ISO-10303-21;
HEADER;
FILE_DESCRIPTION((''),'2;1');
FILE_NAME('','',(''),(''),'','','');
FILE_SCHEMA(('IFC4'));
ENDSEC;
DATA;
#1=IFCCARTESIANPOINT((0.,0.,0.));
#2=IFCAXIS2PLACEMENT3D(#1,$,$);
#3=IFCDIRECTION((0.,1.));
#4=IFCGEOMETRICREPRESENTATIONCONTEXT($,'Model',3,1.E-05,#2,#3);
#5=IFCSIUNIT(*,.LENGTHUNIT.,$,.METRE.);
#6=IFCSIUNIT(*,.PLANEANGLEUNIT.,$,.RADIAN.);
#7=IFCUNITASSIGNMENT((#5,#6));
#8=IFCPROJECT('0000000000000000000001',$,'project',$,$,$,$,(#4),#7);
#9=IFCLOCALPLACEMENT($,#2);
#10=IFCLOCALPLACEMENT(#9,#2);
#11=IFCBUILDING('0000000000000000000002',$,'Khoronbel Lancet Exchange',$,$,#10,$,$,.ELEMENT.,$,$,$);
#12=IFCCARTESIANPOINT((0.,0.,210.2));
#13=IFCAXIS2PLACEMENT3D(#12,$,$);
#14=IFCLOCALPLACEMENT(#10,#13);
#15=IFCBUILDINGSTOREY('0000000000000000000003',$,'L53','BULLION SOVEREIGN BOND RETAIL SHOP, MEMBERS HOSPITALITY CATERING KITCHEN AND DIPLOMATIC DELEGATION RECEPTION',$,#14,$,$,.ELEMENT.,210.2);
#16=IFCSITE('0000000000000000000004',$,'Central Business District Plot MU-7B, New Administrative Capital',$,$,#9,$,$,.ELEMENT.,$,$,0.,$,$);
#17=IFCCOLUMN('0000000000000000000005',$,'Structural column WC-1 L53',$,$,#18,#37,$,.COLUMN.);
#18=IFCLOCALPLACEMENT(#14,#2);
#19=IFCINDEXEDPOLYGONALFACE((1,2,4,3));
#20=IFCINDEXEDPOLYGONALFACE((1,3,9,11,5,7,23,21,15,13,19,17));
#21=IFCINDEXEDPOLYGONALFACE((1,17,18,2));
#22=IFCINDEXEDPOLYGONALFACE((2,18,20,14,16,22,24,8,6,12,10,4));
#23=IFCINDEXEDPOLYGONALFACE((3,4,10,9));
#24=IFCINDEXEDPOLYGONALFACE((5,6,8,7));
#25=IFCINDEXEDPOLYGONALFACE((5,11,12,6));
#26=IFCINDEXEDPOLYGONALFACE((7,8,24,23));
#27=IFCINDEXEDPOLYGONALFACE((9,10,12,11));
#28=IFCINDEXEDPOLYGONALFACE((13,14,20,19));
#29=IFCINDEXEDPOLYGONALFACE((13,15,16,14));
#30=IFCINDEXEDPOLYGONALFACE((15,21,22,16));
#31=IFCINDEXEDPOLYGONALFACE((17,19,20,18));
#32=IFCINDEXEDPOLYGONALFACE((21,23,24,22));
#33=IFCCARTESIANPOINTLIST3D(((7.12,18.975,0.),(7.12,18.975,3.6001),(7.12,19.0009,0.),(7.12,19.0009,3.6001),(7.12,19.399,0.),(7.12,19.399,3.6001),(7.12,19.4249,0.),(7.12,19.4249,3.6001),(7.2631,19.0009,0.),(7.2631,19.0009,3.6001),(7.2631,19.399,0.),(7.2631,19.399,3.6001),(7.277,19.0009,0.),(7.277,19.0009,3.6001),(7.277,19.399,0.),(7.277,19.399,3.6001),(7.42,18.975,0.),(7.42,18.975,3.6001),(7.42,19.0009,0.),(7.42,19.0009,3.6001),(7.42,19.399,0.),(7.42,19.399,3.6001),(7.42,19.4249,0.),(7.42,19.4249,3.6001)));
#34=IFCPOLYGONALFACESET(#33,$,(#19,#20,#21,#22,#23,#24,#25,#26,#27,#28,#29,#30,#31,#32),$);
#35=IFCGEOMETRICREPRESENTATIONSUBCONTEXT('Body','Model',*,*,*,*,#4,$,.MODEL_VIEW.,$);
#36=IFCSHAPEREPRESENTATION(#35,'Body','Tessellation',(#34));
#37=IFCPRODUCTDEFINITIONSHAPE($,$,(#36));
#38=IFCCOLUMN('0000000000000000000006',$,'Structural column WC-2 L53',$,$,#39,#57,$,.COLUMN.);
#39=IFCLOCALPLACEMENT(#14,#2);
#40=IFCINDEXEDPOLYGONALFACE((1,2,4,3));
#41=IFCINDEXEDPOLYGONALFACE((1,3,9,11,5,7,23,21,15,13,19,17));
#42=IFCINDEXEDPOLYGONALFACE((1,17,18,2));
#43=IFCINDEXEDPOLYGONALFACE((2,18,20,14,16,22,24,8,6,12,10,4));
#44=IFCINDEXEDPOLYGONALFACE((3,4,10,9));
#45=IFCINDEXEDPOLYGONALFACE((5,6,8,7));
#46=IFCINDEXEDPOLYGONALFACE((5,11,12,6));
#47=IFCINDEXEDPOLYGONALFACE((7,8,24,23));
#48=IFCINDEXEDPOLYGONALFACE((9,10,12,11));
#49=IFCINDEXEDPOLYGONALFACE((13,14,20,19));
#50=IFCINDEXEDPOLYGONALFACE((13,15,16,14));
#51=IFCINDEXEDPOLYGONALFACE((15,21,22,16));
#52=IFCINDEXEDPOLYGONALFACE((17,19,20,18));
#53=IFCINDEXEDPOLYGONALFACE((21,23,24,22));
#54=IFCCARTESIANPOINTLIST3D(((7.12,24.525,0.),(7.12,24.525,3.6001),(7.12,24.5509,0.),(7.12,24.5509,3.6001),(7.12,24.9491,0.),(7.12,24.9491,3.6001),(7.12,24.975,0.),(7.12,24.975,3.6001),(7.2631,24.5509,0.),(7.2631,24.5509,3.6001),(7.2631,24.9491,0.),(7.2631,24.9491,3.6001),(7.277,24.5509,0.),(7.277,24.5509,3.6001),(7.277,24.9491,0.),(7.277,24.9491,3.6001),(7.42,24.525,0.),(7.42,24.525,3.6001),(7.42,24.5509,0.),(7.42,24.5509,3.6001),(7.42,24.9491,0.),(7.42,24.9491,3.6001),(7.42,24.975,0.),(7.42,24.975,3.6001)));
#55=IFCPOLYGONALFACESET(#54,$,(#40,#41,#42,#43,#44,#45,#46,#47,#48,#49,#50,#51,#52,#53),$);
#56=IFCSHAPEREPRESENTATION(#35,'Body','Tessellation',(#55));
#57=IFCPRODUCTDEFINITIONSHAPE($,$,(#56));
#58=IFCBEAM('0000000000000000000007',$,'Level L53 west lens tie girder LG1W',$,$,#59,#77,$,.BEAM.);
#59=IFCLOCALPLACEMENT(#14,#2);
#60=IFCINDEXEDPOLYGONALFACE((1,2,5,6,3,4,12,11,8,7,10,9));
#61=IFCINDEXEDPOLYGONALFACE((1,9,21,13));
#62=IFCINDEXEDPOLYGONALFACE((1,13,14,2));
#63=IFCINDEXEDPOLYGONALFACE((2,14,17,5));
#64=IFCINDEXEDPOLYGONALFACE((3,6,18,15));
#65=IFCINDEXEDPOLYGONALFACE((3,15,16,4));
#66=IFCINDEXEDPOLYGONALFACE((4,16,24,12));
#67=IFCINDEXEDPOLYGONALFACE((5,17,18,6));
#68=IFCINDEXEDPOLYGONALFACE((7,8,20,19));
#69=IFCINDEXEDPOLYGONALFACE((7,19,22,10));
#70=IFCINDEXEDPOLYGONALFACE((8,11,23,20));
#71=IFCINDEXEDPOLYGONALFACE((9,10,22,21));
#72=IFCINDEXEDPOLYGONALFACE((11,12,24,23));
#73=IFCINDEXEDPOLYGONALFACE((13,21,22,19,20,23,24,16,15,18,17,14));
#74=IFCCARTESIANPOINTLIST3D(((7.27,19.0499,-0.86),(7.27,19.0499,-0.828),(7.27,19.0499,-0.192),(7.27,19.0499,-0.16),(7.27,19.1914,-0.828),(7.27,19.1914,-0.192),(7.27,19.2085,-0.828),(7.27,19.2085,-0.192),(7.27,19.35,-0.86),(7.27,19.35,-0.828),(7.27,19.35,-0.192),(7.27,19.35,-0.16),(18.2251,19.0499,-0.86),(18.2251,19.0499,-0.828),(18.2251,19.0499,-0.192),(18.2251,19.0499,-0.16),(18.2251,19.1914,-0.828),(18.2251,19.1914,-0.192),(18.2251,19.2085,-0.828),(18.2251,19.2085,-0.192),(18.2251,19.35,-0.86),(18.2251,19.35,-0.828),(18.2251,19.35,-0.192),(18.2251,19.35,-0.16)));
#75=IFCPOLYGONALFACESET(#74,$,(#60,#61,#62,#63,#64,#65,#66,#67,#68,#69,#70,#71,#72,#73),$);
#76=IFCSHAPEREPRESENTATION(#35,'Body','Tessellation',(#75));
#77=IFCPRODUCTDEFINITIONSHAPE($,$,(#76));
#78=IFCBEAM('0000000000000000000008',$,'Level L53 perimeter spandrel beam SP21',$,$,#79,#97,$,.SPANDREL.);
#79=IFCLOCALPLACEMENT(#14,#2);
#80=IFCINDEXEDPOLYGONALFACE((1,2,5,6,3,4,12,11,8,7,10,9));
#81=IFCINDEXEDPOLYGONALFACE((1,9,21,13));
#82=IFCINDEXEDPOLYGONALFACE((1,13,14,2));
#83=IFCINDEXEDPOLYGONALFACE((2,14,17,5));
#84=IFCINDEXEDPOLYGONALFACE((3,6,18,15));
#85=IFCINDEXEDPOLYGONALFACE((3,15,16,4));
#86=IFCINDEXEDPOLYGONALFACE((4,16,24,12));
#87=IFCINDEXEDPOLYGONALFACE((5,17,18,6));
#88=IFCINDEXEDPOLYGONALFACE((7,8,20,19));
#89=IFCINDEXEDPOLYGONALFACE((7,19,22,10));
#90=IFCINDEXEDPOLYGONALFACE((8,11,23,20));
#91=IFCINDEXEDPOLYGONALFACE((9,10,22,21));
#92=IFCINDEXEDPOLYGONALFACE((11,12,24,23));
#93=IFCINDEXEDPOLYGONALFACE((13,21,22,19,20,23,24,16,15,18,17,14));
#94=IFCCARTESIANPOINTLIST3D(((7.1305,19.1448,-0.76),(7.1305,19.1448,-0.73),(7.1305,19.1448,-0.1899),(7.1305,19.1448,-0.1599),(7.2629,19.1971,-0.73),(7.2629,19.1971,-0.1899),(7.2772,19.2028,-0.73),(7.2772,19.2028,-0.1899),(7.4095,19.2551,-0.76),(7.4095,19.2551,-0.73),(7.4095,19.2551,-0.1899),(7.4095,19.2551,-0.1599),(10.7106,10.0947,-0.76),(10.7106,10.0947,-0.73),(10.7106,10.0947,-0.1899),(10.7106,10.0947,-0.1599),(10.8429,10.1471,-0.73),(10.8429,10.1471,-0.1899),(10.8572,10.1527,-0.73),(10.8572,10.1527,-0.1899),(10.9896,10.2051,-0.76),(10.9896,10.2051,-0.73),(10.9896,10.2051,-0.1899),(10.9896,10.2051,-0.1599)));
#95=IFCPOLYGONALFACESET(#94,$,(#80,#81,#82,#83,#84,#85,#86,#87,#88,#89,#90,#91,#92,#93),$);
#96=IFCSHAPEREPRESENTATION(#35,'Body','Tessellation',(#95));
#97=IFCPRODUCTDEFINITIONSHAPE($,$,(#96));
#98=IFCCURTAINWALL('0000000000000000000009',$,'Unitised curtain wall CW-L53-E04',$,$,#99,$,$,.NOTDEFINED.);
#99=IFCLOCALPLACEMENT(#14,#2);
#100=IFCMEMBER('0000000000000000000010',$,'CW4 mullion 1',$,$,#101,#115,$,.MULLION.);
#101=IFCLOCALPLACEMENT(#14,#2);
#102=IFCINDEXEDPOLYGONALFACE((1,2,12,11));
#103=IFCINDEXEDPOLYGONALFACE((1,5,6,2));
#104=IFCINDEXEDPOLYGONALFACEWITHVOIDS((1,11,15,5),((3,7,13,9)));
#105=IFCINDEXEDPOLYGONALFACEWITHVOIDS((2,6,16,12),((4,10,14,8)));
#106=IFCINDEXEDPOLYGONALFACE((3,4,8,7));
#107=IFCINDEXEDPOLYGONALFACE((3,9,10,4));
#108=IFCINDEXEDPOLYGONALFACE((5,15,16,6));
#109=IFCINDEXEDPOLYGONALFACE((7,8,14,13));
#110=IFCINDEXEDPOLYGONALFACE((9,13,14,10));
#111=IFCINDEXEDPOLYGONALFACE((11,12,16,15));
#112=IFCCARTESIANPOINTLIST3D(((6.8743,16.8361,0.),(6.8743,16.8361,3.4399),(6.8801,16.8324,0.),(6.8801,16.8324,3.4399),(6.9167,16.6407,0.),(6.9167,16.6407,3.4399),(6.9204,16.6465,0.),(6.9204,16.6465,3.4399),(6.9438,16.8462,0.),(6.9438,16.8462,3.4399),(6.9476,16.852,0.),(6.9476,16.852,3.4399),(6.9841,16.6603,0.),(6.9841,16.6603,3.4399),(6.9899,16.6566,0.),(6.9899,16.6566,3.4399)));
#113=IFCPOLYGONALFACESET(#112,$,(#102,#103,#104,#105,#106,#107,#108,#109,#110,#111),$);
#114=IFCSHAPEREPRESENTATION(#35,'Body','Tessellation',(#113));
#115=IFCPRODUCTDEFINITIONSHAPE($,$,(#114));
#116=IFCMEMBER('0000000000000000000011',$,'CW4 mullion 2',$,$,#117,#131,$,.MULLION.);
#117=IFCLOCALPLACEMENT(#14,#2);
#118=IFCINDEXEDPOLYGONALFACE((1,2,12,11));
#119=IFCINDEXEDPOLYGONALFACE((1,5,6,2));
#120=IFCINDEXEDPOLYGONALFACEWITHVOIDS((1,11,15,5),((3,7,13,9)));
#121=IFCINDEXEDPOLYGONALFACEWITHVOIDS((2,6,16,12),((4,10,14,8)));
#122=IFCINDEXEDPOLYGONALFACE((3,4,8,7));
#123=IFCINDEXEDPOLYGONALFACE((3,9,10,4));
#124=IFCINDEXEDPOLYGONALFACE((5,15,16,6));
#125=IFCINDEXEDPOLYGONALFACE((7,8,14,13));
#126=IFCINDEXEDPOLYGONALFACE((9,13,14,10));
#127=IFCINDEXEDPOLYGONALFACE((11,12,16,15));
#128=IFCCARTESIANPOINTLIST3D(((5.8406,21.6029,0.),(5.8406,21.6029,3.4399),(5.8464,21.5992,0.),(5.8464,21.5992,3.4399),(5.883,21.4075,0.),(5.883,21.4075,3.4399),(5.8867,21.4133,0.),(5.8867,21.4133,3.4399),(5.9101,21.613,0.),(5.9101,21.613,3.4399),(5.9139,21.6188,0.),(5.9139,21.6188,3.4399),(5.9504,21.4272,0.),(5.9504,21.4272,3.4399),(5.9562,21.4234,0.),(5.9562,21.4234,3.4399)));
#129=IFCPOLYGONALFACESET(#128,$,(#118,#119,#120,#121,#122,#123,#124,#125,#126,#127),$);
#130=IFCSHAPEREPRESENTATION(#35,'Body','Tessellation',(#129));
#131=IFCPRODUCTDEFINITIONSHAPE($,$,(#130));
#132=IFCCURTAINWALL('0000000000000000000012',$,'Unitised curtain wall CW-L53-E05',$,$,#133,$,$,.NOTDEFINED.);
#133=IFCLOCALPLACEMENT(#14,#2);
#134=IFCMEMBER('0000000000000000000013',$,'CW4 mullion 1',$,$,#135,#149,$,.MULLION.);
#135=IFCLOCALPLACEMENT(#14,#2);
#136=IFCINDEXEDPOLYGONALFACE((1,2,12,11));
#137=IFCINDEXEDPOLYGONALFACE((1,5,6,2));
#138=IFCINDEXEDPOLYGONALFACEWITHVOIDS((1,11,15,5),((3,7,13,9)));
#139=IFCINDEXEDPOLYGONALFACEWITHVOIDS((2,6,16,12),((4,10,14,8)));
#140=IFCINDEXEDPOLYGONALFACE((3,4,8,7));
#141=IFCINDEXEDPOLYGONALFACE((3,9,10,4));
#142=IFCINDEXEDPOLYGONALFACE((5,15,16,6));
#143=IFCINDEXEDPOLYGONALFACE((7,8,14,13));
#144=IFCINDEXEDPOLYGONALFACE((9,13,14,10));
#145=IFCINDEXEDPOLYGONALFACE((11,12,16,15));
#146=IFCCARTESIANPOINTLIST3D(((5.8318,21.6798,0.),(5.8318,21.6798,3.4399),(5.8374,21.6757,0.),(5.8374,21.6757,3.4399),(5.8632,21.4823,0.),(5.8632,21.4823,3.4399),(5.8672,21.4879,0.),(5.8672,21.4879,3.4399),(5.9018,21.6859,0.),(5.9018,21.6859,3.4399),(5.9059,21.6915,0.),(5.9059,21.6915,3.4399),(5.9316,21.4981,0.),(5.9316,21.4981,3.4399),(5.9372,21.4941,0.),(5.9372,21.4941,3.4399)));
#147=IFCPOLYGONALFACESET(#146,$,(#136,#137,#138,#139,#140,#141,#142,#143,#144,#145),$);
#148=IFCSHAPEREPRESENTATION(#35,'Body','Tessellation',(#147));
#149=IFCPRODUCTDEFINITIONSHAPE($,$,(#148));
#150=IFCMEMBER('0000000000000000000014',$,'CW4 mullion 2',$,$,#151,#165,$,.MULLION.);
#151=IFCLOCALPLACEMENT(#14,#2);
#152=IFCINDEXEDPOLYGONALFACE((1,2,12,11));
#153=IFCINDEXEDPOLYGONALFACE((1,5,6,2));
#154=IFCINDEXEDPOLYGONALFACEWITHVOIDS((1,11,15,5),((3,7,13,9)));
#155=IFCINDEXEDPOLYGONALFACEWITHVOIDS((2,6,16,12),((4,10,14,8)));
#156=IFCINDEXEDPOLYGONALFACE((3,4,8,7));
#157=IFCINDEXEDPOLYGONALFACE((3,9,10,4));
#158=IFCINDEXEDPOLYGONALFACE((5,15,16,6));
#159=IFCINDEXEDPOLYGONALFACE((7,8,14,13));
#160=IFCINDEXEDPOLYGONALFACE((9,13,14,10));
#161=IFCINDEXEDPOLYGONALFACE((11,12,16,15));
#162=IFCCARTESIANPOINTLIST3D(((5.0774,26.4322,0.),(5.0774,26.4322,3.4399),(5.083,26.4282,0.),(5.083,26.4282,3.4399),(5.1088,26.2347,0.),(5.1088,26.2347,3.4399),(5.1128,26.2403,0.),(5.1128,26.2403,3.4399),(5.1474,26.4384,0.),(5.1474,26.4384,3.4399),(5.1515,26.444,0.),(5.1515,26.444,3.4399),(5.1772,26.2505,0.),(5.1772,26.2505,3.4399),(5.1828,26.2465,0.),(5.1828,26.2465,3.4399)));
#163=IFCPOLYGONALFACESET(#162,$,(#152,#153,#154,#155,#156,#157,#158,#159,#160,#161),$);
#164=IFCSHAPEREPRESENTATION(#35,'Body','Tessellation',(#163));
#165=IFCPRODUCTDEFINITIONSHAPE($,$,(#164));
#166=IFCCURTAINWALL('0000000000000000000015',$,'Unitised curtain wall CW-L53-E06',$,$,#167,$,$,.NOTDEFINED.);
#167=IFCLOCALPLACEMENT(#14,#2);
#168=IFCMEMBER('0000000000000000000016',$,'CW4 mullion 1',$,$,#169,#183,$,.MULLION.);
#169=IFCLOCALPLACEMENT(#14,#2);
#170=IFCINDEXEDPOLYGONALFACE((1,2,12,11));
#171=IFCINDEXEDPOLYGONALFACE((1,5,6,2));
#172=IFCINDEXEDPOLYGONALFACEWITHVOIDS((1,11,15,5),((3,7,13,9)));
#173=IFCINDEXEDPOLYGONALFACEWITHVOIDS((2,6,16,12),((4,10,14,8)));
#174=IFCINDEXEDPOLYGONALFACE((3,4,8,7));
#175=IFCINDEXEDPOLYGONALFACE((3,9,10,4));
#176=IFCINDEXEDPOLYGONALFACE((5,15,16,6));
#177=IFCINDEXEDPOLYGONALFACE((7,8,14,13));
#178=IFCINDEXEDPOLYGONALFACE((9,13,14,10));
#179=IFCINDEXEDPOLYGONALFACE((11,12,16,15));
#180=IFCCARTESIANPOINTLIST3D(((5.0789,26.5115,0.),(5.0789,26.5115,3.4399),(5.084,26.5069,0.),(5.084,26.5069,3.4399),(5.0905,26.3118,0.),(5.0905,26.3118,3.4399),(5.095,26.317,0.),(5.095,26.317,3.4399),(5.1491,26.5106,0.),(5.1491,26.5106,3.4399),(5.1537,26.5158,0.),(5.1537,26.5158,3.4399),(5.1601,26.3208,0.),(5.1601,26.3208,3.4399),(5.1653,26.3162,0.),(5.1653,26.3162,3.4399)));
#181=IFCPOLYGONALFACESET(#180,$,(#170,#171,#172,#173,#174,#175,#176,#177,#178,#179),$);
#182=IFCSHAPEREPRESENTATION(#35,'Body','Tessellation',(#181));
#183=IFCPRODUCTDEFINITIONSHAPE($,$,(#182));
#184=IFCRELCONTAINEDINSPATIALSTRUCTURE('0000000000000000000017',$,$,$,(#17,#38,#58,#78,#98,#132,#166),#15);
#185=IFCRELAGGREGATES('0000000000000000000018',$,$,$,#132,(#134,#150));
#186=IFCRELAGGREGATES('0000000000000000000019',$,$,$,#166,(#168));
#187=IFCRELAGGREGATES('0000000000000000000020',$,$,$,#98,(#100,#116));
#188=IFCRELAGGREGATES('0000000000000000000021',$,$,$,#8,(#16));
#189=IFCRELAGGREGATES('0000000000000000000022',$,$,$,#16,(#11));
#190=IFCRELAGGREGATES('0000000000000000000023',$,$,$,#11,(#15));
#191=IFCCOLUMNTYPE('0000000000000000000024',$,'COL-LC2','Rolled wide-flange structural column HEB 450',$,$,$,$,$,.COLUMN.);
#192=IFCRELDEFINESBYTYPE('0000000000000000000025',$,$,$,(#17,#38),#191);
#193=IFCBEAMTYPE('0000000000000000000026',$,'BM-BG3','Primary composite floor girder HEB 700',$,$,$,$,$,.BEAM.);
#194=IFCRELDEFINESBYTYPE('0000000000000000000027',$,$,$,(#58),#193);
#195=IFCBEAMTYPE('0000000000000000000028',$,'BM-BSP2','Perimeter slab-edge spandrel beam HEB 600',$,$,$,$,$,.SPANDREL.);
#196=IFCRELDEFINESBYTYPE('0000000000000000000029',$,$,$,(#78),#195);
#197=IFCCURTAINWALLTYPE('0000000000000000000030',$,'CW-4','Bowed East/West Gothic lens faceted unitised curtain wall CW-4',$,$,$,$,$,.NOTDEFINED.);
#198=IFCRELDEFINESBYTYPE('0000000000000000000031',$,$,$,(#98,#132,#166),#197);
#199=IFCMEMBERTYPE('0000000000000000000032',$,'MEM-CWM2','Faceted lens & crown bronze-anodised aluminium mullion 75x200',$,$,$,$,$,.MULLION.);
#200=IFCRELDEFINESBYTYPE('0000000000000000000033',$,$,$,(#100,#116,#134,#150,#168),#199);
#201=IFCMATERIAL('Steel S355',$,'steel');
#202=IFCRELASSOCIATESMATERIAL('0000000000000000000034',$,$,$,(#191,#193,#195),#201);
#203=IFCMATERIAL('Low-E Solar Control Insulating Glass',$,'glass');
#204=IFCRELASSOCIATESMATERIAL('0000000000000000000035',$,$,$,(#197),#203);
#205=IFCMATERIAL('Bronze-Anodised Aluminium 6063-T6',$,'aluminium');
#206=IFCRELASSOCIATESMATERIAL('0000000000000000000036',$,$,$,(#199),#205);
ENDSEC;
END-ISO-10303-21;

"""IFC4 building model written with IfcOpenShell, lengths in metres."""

from ifc_helpers import new_model, si_unit, direction, frame, origin, origin_2d, place, context, subcontext, project, spatial, hollow_rectangle, i_section, extrude, material, material_profile, profile_set, type_object, element, aggregate, save


model = new_model("IFC4")

# Units and contexts
model_context = context("Model", 3, precision=1e-05, world=origin(), true_north=direction((0.0, 1.0)))
body_context = subcontext(model_context, "Body", "Model", "MODEL_VIEW")
ifc_project = project(units=[si_unit("LENGTHUNIT", "METRE"), si_unit("PLANEANGLEUNIT", "RADIAN")], contexts=[model_context])

# Site, building, storey
site_placement = place(None, origin())
site = spatial("IfcSite", under=ifc_project, at=site_placement, Name="Central Business District Plot MU-7B, New Administrative Capital", CompositionType="ELEMENT", RefElevation=0.0)
building_placement = place(site_placement, origin())
building = spatial("IfcBuilding", under=site, at=building_placement, Name="Khoronbel Lancet Exchange", CompositionType="ELEMENT")
storey_placement = place(building_placement, frame((0.0, 0.0, 210.2)))
storey = spatial("IfcBuildingStorey", under=building, at=storey_placement, Name="L53", Description="BULLION SOVEREIGN BOND RETAIL SHOP, MEMBERS HOSPITALITY CATERING KITCHEN AND DIPLOMATIC DELEGATION RECEPTION", CompositionType="ELEMENT", Elevation=210.2)

# Columns
ifc_material_1 = material(Name="Steel S355", Category="steel")
ifc_material_profile_1 = material_profile(ifc_material_1, i_section(OverallWidth=0.3, OverallDepth=0.45, WebThickness=0.0139, FlangeThickness=0.0259, at=origin_2d()), Name="HEB 450")
ifc_profile_set_1 = profile_set([ifc_material_profile_1], Name="Steel S355")
column_type = type_object("IfcColumnType", Name="COL-LC2", Description="Rolled wide-flange structural column HEB 450", PredefinedType="COLUMN", material=ifc_profile_set_1)
for number, where, z_axis, x_axis, name in (
    (1, (7.27, 19.2, 0.0), (0.0, 0.0, 1.0), (1.0, 0.0, 0.0), "Structural column WC-1 L53"),
    (2, (7.27, 24.75, 0.0), (0.0, 0.0, 1.0), (1.0, 0.0, 0.0), "Structural column WC-2 L53"),
):
    element("IfcColumn", number, at=place(storey_placement, frame(where, z_axis=z_axis, x_axis=x_axis)), inside=storey, type_object=column_type, Name=name, PredefinedType="COLUMN", context=body_context, shape_type="SweptSolid", body=[
        extrude(i_section(OverallWidth=0.3, OverallDepth=0.45, WebThickness=0.0139, FlangeThickness=0.0259, at=origin_2d()), origin(), (0.0, 0.0, 1.0), 3.6001),
    ])

# Beams
ifc_material_profile_2 = material_profile(ifc_material_1, i_section(OverallWidth=0.3, OverallDepth=0.7, WebThickness=0.0171, FlangeThickness=0.032, at=origin_2d()), Name="HEB 700")
ifc_profile_set_2 = profile_set([ifc_material_profile_2], Name="Steel S355")
beam_type_1 = type_object("IfcBeamType", Name="BM-BG3", Description="Primary composite floor girder HEB 700", PredefinedType="BEAM", material=ifc_profile_set_2)
beam_1_placement = place(storey_placement, frame((7.27, 19.2, -0.51), z_axis=(1.0, 0.0, 0.0), x_axis=(0.0, 1.0, 0.0)))
element("IfcBeam", 3, at=beam_1_placement, inside=storey, type_object=beam_type_1, Name="Level L53 west lens tie girder LG1W", PredefinedType="BEAM", context=body_context, shape_type="SweptSolid", body=[
    extrude(i_section(OverallWidth=0.3, OverallDepth=0.7, WebThickness=0.0171, FlangeThickness=0.032, at=origin_2d()), origin(), (0.0, 0.0, 1.0), 10.9551),
])
ifc_material_profile_3 = material_profile(ifc_material_1, i_section(OverallWidth=0.3, OverallDepth=0.6001, WebThickness=0.0154, FlangeThickness=0.03, at=origin_2d()), Name="HEB 600")
ifc_profile_set_3 = profile_set([ifc_material_profile_3], Name="Steel S355")
beam_type_2 = type_object("IfcBeamType", Name="BM-BSP2", Description="Perimeter slab-edge spandrel beam HEB 600", PredefinedType="SPANDREL", material=ifc_profile_set_3)
beam_2_placement = place(storey_placement, frame((7.27, 19.2, -0.46), z_axis=(0.36785, -0.929885, 0.0), x_axis=(0.929885, 0.36785, 0.0)))
element("IfcBeam", 4, at=beam_2_placement, inside=storey, type_object=beam_type_2, Name="Level L53 perimeter spandrel beam SP21", PredefinedType="SPANDREL", context=body_context, shape_type="SweptSolid", body=[
    extrude(i_section(OverallWidth=0.3, OverallDepth=0.6001, WebThickness=0.0154, FlangeThickness=0.03, at=origin_2d()), origin(), (0.0, 0.0, 1.0), 9.7324),
])

# Curtain walls, members
ifc_material_2 = material(Name="Low-E Solar Control Insulating Glass", Category="glass")
curtain_wall_type = type_object("IfcCurtainWallType", Name="CW-4", Description="Bowed East/West Gothic lens faceted unitised curtain wall CW-4", PredefinedType="NOTDEFINED", material=ifc_material_2)
curtain_wall_1_placement = place(storey_placement, origin())
curtain_wall_1 = element("IfcCurtainWall", 5, at=curtain_wall_1_placement, inside=storey, type_object=curtain_wall_type, Name="Unitised curtain wall CW-L53-E04", PredefinedType="NOTDEFINED")
ifc_material_3 = material(Name="Bronze-Anodised Aluminium 6063-T6", Category="aluminium")
ifc_material_profile_4 = material_profile(ifc_material_3, hollow_rectangle(XDim=0.075, YDim=0.2, WallThickness=0.0049, at=origin_2d()), Name="ALU MULLION 75x200")
ifc_profile_set_4 = profile_set([ifc_material_profile_4], Name="Bronze-Anodised Aluminium 6063-T6")
member_type_1 = type_object("IfcMemberType", Name="MEM-CWM2", Description="Faceted lens & crown bronze-anodised aluminium mullion 75x200", PredefinedType="MULLION", material=ifc_profile_set_4)
member_1_placement = place(storey_placement, frame((6.9321, 16.7463, 0.0), z_axis=(0.0, 0.0, 1.0), x_axis=(-0.977287, -0.211921, 0.0)))
member_1 = element("IfcMember", 6, at=member_1_placement, type_object=member_type_1, Name="CW4 mullion 1", PredefinedType="MULLION", context=body_context, shape_type="SweptSolid", body=[
    extrude(hollow_rectangle(XDim=0.075, YDim=0.2, WallThickness=0.0049, at=origin_2d()), origin(), (0.0, 0.0, 1.0), 3.4399),
])
member_2_placement = place(storey_placement, frame((5.8984, 21.5132, 0.0), z_axis=(0.0, 0.0, 1.0), x_axis=(-0.977287, -0.211921, 0.0)))
member_2 = element("IfcMember", 7, at=member_2_placement, type_object=member_type_1, Name="CW4 mullion 2", PredefinedType="MULLION", context=body_context, shape_type="SweptSolid", body=[
    extrude(hollow_rectangle(XDim=0.075, YDim=0.2, WallThickness=0.0049, at=origin_2d()), origin(), (0.0, 0.0, 1.0), 3.4399),
])
curtain_wall_2_placement = place(storey_placement, origin())
curtain_wall_2 = element("IfcCurtainWall", 8, at=curtain_wall_2_placement, inside=storey, type_object=curtain_wall_type, Name="Unitised curtain wall CW-L53-E05", PredefinedType="NOTDEFINED")
member_3_placement = place(storey_placement, frame((5.8845, 21.5869, 0.0), z_axis=(0.0, 0.0, 1.0), x_axis=(-0.987633, -0.156785, 0.0)))
member_3 = element("IfcMember", 9, at=member_3_placement, type_object=member_type_1, Name="CW4 mullion 1", PredefinedType="MULLION", context=body_context, shape_type="SweptSolid", body=[
    extrude(hollow_rectangle(XDim=0.075, YDim=0.2, WallThickness=0.0049, at=origin_2d()), origin(), (0.0, 0.0, 1.0), 3.4399),
])
member_4_placement = place(storey_placement, frame((5.1301, 26.3394, 0.0), z_axis=(0.0, 0.0, 1.0), x_axis=(-0.987633, -0.156785, 0.0)))
member_4 = element("IfcMember", 10, at=member_4_placement, type_object=member_type_1, Name="CW4 mullion 2", PredefinedType="MULLION", context=body_context, shape_type="SweptSolid", body=[
    extrude(hollow_rectangle(XDim=0.075, YDim=0.2, WallThickness=0.0049, at=origin_2d()), origin(), (0.0, 0.0, 1.0), 3.4399),
])
curtain_wall_3_placement = place(storey_placement, origin())
curtain_wall_3 = element("IfcCurtainWall", 11, at=curtain_wall_3_placement, inside=storey, type_object=curtain_wall_type, Name="Unitised curtain wall CW-L53-E06", PredefinedType="NOTDEFINED")
member_5_placement = place(storey_placement, frame((5.1221, 26.4138, 0.0), z_axis=(0.0, 0.0, 1.0), x_axis=(-0.998317, -0.057992, 0.0)))
member_5 = element("IfcMember", 12, at=member_5_placement, type_object=member_type_1, Name="CW4 mullion 1", PredefinedType="MULLION", context=body_context, shape_type="SweptSolid", body=[
    extrude(hollow_rectangle(XDim=0.075, YDim=0.2, WallThickness=0.0049, at=origin_2d()), origin(), (0.0, 0.0, 1.0), 3.4399),
])

aggregate(curtain_wall_2, [member_3, member_4])
aggregate(curtain_wall_3, [member_5])
aggregate(curtain_wall_1, [member_1, member_2])

save(model, "model.ifc")
